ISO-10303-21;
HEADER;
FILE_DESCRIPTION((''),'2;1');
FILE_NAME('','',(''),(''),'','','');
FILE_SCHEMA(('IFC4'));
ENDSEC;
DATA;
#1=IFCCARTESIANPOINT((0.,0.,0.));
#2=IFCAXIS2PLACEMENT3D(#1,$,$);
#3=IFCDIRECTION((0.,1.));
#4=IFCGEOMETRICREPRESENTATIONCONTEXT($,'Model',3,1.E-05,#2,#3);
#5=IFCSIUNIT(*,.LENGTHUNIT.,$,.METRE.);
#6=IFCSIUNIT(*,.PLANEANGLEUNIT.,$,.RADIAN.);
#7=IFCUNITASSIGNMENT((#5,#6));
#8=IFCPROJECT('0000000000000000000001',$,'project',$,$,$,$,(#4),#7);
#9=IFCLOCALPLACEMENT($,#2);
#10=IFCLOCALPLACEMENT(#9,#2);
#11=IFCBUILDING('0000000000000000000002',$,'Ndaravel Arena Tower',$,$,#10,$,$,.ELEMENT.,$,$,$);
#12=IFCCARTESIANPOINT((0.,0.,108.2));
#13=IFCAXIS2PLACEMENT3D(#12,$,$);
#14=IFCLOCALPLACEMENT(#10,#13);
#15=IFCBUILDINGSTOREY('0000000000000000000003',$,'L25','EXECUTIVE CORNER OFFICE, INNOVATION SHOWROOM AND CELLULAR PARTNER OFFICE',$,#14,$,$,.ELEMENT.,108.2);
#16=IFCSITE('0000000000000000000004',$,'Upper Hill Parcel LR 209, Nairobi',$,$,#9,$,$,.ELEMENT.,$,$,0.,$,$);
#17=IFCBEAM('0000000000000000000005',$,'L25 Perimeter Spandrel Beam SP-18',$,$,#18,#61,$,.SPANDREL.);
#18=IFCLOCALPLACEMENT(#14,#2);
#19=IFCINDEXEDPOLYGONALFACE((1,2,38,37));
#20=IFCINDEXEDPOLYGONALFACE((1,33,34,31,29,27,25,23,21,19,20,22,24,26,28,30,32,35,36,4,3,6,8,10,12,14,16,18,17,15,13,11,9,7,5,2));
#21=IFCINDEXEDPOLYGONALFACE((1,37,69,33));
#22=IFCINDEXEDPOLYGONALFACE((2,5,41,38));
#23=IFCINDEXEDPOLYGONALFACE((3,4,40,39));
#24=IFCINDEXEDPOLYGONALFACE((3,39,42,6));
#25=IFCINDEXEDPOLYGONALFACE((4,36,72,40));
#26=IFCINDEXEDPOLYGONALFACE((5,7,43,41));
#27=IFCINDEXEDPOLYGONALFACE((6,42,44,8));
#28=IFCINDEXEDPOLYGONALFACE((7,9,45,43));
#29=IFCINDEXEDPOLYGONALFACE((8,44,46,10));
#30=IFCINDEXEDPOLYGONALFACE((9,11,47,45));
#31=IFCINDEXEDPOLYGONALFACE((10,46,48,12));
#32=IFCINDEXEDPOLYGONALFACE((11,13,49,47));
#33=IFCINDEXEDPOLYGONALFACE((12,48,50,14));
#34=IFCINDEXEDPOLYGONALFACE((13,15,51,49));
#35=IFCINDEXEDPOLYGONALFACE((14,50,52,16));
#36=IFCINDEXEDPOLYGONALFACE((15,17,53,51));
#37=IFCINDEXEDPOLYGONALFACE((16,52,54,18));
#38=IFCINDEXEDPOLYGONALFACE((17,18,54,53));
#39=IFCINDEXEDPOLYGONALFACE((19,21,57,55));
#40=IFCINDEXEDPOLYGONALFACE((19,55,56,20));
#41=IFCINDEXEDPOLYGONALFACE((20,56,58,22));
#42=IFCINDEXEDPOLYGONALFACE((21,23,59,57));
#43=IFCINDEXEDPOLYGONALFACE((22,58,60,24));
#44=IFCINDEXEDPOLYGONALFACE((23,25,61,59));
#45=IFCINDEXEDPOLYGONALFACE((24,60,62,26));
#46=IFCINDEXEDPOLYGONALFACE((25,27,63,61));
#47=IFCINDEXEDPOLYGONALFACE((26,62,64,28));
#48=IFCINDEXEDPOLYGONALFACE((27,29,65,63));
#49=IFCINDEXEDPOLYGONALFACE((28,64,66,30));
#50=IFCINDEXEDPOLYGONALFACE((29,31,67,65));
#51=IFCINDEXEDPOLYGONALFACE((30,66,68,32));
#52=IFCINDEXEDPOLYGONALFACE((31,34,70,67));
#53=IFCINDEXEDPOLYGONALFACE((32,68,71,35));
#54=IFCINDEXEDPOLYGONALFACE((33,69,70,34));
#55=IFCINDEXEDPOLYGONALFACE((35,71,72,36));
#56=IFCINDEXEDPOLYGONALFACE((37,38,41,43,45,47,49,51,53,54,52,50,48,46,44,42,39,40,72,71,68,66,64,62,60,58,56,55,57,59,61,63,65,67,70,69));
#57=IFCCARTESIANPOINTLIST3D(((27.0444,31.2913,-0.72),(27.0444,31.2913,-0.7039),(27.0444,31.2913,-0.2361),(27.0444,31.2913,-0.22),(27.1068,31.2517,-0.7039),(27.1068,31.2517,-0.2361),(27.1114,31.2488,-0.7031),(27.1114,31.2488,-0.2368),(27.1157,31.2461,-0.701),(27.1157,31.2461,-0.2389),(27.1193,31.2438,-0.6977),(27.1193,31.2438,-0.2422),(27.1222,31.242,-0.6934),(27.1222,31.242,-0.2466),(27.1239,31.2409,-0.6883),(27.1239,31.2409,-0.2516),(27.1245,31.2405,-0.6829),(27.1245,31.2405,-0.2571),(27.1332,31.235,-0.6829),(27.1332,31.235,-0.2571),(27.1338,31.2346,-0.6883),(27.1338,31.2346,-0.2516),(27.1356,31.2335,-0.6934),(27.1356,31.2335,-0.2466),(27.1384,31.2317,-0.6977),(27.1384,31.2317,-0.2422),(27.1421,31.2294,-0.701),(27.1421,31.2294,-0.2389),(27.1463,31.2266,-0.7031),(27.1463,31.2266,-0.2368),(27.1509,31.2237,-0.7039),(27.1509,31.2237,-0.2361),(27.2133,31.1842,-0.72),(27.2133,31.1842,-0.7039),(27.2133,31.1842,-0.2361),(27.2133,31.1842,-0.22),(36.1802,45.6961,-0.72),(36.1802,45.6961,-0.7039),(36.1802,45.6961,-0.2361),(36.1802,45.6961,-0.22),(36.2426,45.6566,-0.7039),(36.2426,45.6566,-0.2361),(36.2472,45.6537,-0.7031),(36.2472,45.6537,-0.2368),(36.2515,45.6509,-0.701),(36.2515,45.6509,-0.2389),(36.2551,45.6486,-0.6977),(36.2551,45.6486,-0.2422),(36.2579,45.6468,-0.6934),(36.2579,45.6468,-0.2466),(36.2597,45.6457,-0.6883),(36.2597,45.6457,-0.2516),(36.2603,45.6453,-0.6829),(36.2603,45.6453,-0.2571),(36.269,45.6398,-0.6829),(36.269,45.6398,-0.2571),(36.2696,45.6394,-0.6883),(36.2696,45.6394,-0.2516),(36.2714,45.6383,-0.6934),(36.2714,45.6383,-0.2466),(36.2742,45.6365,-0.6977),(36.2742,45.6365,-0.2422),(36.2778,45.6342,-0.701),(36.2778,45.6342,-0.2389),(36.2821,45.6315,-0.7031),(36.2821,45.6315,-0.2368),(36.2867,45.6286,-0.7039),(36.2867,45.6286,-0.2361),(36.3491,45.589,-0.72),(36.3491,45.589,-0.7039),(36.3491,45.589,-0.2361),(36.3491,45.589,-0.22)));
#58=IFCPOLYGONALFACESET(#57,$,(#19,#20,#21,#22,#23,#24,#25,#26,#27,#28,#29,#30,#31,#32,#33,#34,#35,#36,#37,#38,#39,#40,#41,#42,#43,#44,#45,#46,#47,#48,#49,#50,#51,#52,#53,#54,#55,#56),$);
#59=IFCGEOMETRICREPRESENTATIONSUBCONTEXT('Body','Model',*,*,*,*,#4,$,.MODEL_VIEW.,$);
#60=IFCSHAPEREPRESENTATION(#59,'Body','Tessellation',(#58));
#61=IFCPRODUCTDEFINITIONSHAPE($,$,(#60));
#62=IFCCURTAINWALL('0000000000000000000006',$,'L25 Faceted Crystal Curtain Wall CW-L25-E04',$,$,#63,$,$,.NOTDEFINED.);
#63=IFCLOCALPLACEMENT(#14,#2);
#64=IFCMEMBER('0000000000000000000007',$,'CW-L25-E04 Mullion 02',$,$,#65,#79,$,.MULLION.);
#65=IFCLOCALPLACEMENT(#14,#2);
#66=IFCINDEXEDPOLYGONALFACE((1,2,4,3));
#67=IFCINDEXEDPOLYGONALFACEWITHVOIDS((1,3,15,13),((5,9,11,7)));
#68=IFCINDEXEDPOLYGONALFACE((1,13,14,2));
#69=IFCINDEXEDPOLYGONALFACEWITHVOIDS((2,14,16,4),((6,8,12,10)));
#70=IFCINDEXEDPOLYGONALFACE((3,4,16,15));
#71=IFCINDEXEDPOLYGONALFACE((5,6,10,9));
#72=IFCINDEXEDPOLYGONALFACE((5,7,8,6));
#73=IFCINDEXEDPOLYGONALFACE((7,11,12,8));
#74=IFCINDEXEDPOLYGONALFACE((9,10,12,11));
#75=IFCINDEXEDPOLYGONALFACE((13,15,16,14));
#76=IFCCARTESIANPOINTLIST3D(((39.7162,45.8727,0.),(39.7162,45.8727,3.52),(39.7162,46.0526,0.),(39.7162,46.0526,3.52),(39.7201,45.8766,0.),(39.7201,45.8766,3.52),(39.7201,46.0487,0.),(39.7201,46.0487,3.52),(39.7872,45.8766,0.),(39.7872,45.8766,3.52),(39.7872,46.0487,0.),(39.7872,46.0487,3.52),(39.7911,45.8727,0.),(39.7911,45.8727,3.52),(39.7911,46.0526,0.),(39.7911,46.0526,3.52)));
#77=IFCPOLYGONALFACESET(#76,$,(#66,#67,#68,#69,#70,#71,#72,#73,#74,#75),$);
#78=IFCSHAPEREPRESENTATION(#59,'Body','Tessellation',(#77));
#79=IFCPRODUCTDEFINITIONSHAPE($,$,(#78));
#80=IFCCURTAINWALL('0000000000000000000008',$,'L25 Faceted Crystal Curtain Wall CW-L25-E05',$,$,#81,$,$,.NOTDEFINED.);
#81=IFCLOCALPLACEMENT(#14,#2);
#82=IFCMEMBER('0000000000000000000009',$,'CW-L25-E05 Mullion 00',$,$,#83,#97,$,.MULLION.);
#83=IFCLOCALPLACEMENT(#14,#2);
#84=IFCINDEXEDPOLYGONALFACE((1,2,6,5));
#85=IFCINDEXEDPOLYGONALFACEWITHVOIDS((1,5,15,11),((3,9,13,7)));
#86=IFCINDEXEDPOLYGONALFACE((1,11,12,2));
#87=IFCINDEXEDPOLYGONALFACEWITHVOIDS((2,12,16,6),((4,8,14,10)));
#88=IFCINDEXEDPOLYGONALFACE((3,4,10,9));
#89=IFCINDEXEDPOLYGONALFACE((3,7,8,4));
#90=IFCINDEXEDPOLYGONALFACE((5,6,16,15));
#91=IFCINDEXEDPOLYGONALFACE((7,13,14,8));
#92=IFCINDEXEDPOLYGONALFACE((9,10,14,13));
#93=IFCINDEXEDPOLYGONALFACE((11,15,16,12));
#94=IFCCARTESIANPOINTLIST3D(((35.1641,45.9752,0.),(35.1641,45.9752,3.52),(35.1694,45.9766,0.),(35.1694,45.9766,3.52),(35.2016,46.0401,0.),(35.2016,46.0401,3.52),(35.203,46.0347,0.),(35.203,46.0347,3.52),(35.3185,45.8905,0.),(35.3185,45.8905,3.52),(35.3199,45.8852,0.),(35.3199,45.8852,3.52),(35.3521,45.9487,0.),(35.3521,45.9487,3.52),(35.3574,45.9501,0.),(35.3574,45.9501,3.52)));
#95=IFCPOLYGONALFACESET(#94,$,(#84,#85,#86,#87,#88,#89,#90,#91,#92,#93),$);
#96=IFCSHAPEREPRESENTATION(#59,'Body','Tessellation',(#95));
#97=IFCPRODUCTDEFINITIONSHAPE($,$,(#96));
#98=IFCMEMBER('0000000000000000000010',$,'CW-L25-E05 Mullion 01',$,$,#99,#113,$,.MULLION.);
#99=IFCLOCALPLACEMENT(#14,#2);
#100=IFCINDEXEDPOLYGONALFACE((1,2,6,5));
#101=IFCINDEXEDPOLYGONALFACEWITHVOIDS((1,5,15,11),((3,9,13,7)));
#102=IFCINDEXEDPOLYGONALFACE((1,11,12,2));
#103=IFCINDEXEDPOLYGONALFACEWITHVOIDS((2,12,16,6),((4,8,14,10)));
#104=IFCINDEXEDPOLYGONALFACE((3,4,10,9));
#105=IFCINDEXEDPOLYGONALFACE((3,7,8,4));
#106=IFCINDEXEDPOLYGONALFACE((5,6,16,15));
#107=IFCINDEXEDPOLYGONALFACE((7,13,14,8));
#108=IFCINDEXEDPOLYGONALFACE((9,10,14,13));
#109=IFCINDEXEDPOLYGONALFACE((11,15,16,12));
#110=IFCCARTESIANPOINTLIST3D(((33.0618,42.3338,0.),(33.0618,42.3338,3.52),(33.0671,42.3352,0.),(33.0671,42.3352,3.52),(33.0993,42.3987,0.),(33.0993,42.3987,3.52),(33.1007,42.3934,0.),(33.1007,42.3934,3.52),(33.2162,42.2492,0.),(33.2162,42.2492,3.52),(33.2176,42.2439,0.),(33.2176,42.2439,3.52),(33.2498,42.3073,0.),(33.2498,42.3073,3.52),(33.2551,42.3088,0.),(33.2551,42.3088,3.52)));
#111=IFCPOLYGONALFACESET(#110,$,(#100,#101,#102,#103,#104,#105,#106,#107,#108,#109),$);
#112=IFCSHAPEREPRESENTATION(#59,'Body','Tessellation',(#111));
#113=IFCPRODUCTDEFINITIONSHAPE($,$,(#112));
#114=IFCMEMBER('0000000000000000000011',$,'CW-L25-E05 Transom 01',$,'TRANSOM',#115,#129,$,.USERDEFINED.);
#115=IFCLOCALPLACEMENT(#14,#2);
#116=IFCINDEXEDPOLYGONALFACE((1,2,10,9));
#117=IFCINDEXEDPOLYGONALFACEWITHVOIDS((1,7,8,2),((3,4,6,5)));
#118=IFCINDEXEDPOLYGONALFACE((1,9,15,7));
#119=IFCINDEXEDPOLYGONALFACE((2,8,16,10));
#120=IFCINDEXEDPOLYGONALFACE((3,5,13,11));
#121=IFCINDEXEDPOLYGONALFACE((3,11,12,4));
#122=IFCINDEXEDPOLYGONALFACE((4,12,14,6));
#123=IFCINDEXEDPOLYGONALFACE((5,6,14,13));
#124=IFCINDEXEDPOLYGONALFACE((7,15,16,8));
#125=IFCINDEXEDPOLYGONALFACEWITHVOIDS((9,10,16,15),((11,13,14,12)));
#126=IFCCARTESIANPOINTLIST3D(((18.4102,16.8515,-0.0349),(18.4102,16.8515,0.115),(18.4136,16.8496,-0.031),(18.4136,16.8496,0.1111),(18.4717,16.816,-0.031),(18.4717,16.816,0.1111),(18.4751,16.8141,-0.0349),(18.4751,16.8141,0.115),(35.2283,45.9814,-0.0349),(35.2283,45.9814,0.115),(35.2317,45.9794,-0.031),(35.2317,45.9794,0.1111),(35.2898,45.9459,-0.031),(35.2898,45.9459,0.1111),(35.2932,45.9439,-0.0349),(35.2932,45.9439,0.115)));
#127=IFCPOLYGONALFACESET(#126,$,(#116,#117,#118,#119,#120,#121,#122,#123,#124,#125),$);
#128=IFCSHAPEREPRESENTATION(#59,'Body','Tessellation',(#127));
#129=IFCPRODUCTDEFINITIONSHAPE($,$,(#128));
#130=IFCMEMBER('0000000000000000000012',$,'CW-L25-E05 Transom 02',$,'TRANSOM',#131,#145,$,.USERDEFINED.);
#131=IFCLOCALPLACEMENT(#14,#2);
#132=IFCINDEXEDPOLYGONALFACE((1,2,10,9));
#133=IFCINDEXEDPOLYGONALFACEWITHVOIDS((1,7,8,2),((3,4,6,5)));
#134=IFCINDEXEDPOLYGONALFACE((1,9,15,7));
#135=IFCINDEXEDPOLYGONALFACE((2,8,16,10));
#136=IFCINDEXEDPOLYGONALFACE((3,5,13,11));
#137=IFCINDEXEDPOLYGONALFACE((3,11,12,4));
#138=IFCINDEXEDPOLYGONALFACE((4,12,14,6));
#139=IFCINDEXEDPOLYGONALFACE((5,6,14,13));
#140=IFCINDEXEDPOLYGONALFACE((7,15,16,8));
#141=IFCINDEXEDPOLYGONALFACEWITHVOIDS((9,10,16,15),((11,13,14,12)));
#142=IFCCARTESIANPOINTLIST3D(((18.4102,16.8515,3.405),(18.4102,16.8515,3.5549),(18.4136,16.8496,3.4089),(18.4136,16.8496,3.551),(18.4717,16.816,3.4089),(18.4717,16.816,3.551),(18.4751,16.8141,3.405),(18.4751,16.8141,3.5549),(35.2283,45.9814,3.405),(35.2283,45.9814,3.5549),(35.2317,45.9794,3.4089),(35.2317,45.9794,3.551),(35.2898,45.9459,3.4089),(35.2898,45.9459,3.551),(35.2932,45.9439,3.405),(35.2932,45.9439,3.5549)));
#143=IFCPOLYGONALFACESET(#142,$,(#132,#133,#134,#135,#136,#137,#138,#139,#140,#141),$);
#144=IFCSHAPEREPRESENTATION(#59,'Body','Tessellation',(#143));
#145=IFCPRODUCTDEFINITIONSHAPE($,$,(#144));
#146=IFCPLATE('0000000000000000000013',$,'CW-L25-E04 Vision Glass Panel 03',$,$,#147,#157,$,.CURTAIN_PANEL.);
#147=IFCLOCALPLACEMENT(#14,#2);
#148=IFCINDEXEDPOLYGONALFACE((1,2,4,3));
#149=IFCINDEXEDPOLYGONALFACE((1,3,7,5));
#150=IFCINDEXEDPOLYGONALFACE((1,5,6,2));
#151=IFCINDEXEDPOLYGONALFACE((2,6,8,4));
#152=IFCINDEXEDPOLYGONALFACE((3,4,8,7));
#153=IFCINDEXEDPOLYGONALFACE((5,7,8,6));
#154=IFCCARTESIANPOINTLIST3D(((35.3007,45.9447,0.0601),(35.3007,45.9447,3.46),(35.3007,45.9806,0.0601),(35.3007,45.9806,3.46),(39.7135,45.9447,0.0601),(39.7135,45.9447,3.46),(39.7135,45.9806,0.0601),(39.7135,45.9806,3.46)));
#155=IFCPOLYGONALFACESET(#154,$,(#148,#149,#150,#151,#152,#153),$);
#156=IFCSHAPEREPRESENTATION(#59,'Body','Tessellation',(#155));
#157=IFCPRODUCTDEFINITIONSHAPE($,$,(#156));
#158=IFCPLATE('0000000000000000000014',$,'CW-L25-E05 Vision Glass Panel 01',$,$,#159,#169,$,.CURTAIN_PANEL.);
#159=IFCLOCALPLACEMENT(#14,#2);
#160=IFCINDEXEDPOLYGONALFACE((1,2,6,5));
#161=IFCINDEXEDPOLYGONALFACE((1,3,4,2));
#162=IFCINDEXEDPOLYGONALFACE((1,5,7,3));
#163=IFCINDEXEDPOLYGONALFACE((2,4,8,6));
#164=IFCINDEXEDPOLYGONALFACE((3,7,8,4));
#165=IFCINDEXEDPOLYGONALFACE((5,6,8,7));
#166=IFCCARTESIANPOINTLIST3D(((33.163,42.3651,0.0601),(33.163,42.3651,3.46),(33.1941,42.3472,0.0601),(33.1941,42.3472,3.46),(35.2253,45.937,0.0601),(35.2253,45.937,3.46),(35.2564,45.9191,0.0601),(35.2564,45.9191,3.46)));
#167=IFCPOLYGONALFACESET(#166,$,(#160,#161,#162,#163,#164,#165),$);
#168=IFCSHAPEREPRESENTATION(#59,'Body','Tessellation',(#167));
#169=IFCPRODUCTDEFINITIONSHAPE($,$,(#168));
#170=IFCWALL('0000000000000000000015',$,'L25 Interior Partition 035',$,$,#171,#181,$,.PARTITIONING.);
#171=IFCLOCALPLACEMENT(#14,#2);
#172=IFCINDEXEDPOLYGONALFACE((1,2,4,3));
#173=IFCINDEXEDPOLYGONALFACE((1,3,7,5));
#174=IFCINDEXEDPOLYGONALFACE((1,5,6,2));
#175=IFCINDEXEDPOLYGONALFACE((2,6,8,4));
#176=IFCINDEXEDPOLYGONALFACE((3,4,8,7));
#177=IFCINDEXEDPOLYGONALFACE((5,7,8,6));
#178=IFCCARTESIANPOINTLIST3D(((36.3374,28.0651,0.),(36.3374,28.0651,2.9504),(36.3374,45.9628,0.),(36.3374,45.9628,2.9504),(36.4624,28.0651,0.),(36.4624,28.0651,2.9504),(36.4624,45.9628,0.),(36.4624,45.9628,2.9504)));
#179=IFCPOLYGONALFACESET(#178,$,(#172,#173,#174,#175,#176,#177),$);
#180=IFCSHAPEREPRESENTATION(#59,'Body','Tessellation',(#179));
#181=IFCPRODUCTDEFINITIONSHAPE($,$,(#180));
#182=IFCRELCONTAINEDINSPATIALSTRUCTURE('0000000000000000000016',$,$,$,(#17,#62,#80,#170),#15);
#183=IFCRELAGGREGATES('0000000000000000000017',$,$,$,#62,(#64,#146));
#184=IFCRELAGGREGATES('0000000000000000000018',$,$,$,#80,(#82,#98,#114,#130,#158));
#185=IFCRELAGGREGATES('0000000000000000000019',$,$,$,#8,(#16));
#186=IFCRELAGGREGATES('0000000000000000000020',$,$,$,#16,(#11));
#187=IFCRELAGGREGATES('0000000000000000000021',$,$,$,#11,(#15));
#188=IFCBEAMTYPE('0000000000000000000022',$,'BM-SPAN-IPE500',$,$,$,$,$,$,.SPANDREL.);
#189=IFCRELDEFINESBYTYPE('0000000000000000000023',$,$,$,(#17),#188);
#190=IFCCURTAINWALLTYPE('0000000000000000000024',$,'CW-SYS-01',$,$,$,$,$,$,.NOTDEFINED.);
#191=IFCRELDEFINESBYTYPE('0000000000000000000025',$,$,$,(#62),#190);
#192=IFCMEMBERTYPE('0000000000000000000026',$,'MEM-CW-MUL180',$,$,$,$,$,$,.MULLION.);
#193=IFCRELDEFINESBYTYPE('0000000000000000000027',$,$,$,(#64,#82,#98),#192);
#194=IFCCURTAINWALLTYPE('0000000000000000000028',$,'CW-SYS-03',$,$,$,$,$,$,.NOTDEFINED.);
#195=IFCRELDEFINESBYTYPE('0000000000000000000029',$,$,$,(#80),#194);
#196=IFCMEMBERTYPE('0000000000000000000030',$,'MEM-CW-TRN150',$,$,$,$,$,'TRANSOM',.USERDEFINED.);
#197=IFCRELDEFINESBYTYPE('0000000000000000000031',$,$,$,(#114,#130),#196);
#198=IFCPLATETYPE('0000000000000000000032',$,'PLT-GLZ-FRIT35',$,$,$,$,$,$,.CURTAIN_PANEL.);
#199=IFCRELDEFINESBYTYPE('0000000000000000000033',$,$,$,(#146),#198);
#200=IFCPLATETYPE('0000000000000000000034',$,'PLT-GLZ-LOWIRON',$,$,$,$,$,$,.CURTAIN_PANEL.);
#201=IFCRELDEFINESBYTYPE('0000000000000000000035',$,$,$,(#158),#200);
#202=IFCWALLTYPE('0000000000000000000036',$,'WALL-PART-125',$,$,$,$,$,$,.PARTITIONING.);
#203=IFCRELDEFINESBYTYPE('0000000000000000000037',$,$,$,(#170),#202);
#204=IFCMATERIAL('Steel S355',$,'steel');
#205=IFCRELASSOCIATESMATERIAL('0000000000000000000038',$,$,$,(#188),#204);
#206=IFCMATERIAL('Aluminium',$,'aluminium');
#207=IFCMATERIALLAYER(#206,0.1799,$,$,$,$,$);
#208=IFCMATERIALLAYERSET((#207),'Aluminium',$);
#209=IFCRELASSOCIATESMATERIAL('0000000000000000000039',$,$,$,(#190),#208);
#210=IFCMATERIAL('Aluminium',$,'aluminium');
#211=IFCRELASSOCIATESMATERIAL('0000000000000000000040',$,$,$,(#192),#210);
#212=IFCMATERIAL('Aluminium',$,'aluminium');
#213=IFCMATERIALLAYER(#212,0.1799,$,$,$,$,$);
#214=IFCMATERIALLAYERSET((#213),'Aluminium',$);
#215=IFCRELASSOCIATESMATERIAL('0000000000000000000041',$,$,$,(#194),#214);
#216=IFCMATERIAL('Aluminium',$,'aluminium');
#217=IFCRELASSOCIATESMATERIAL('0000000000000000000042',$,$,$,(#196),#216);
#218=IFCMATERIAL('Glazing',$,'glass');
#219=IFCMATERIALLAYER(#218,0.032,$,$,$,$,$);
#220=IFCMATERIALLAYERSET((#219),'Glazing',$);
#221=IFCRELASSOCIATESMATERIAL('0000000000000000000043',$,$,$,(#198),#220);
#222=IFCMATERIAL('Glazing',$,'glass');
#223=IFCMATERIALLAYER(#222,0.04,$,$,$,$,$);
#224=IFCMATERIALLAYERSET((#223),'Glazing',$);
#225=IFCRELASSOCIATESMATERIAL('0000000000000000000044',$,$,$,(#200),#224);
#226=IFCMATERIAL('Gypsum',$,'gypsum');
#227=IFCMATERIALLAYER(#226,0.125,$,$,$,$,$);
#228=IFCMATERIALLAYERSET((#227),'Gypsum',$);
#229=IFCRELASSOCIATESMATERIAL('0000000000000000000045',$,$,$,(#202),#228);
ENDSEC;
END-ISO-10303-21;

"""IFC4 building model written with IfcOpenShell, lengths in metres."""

from ifc_helpers import new_model, si_unit, direction, frame, frame_2d, origin, origin_2d, place, context, subcontext, project, spatial, rectangle, hollow_rectangle, i_section, extrude, material, layer, layer_set, material_profile, profile_set, type_object, element, aggregate, save


model = new_model("IFC4")

# Units and contexts
model_context = context("Model", 3, precision=1e-05, world=origin(), true_north=direction((0.0, 1.0)))
body_context = subcontext(model_context, "Body", "Model", "MODEL_VIEW")
ifc_project = project(units=[si_unit("LENGTHUNIT", "METRE"), si_unit("PLANEANGLEUNIT", "RADIAN")], contexts=[model_context])

# Site, building, storey
site_placement = place(None, origin())
site = spatial("IfcSite", under=ifc_project, at=site_placement, Name="Upper Hill Parcel LR 209, Nairobi", CompositionType="ELEMENT", RefElevation=0.0)
building_placement = place(site_placement, origin())
building = spatial("IfcBuilding", under=site, at=building_placement, Name="Ndaravel Arena Tower", CompositionType="ELEMENT")
storey_placement = place(building_placement, frame((0.0, 0.0, 108.2)))
storey = spatial("IfcBuildingStorey", under=building, at=storey_placement, Name="L25", Description="EXECUTIVE CORNER OFFICE, INNOVATION SHOWROOM AND CELLULAR PARTNER OFFICE", CompositionType="ELEMENT", Elevation=108.2)

# Beam
ifc_material_1 = material(Name="Steel S355", Category="steel")
ifc_material_profile_1 = material_profile(ifc_material_1, i_section(OverallWidth=0.2, OverallDepth=0.5, WebThickness=0.0103, FlangeThickness=0.0161, FilletRadius=0.021, at=origin_2d()), Name="IPE 500")
ifc_profile_set_1 = profile_set([ifc_material_profile_1], Name="Steel S355")
beam_type_1 = type_object("IfcBeamType", Name="BM-SPAN-IPE500", PredefinedType="SPANDREL", material=ifc_profile_set_1)
beam_1_placement = place(storey_placement, frame((36.2646, 45.6426, -0.47), z_axis=(-0.535584, -0.844482, 0.0), x_axis=(0.844482, -0.535584, 0.0)))
element("IfcBeam", 1, at=beam_1_placement, inside=storey, type_object=beam_type_1, Name="L25 Perimeter Spandrel Beam SP-18", PredefinedType="SPANDREL", context=body_context, shape_type="SweptSolid", body=[
    extrude(i_section(OverallWidth=0.2, OverallDepth=0.5, WebThickness=0.0103, FlangeThickness=0.0161, FilletRadius=0.021, at=origin_2d()), origin(), (0.0, 0.0, 1.0), 17.0576),
])

# Curtain wall, member
ifc_material_2 = material(Name="Aluminium", Category="aluminium")
ifc_layer_1 = layer(ifc_material_2, 0.1799)
ifc_layer_set_1 = layer_set([ifc_layer_1], Name="Aluminium")
curtain_wall_type_1 = type_object("IfcCurtainWallType", Name="CW-SYS-01", PredefinedType="NOTDEFINED", material=ifc_layer_set_1)
curtain_wall_1_placement = place(storey_placement, origin())
curtain_wall_1 = element("IfcCurtainWall", 2, at=curtain_wall_1_placement, inside=storey, type_object=curtain_wall_type_1, Name="L25 Faceted Crystal Curtain Wall CW-L25-E04", PredefinedType="NOTDEFINED")
ifc_material_3 = material(Name="Aluminium", Category="aluminium")
ifc_material_profile_2 = material_profile(ifc_material_3, hollow_rectangle(XDim=0.075, YDim=0.1799, WallThickness=0.0039, at=origin_2d()), Name="CW MULLION 75x180x4")
ifc_profile_set_2 = profile_set([ifc_material_profile_2], Name="Aluminium")
member_type_1 = type_object("IfcMemberType", Name="MEM-CW-MUL180", PredefinedType="MULLION", material=ifc_profile_set_2)
member_1_placement = place(storey_placement, frame((39.7537, 45.9626, 0.0), z_axis=(0.0, 0.0, 1.0), x_axis=(-1.0, 0.0, 0.0)))
member_1 = element("IfcMember", 3, at=member_1_placement, type_object=member_type_1, Name="CW-L25-E04 Mullion 02", PredefinedType="MULLION", context=body_context, shape_type="SweptSolid", body=[
    extrude(hollow_rectangle(XDim=0.075, YDim=0.1799, WallThickness=0.0039, at=origin_2d()), origin(), (0.0, 0.0, 1.0), 3.52),
])

# Curtain wall, members
ifc_material_4 = material(Name="Aluminium", Category="aluminium")
ifc_layer_2 = layer(ifc_material_4, 0.1799)
ifc_layer_set_2 = layer_set([ifc_layer_2], Name="Aluminium")
curtain_wall_type_2 = type_object("IfcCurtainWallType", Name="CW-SYS-03", PredefinedType="NOTDEFINED", material=ifc_layer_set_2)
curtain_wall_2_placement = place(storey_placement, origin())
curtain_wall_2 = element("IfcCurtainWall", 4, at=curtain_wall_2_placement, inside=storey, type_object=curtain_wall_type_2, Name="L25 Faceted Crystal Curtain Wall CW-L25-E05", PredefinedType="NOTDEFINED")
member_2_placement = place(storey_placement, frame((35.2607, 45.9626, 0.0), z_axis=(0.0, 0.0, 1.0), x_axis=(-0.5, -0.866025, 0.0)))
member_2 = element("IfcMember", 5, at=member_2_placement, type_object=member_type_1, Name="CW-L25-E05 Mullion 00", PredefinedType="MULLION", context=body_context, shape_type="SweptSolid", body=[
    extrude(hollow_rectangle(XDim=0.075, YDim=0.1799, WallThickness=0.0039, at=origin_2d()), origin(), (0.0, 0.0, 1.0), 3.52),
])
member_3_placement = place(storey_placement, frame((33.1584, 42.3213, 0.0), z_axis=(0.0, 0.0, 1.0), x_axis=(-0.5, -0.866025, 0.0)))
member_3 = element("IfcMember", 6, at=member_3_placement, type_object=member_type_1, Name="CW-L25-E05 Mullion 01", PredefinedType="MULLION", context=body_context, shape_type="SweptSolid", body=[
    extrude(hollow_rectangle(XDim=0.075, YDim=0.1799, WallThickness=0.0039, at=origin_2d()), origin(), (0.0, 0.0, 1.0), 3.52),
])
ifc_material_5 = material(Name="Aluminium", Category="aluminium")
ifc_material_profile_3 = material_profile(ifc_material_5, hollow_rectangle(XDim=0.075, YDim=0.1499, WallThickness=0.0039, at=origin_2d()), Name="CW TRANSOM 75x150x4")
ifc_profile_set_3 = profile_set([ifc_material_profile_3], Name="Aluminium")
member_type_2 = type_object("IfcMemberType", Name="MEM-CW-TRN150", ElementType="TRANSOM", PredefinedType="USERDEFINED", material=ifc_profile_set_3)
member_4_placement = place(storey_placement, frame((35.2607, 45.9626, 0.04), z_axis=(-0.499999, -0.866026, 0.0), x_axis=(0.866026, -0.499999, 0.0)))
member_4 = element("IfcMember", 7, at=member_4_placement, type_object=member_type_2, Name="CW-L25-E05 Transom 01", ObjectType="TRANSOM", PredefinedType="USERDEFINED", context=body_context, shape_type="SweptSolid", body=[
    extrude(hollow_rectangle(XDim=0.075, YDim=0.1499, WallThickness=0.0039, at=origin_2d()), origin(), (0.0, 0.0, 1.0), 33.6362),
])
member_5_placement = place(storey_placement, frame((35.2607, 45.9626, 3.48), z_axis=(-0.499999, -0.866026, 0.0), x_axis=(0.866026, -0.499999, 0.0)))
member_5 = element("IfcMember", 8, at=member_5_placement, type_object=member_type_2, Name="CW-L25-E05 Transom 02", ObjectType="TRANSOM", PredefinedType="USERDEFINED", context=body_context, shape_type="SweptSolid", body=[
    extrude(hollow_rectangle(XDim=0.075, YDim=0.1499, WallThickness=0.0039, at=origin_2d()), origin(), (0.0, 0.0, 1.0), 33.6362),
])

# Plates
ifc_material_6 = material(Name="Glazing", Category="glass")
ifc_layer_3 = layer(ifc_material_6, 0.032)
ifc_layer_set_3 = layer_set([ifc_layer_3], Name="Glazing")
plate_type_1 = type_object("IfcPlateType", Name="PLT-GLZ-FRIT35", PredefinedType="CURTAIN_PANEL", material=ifc_layer_set_3)
plate_1_placement = place(storey_placement, frame((37.5071, 45.9626, 0.0601), z_axis=(0.0, 0.0, 1.0), x_axis=(-1.0, 0.0, 0.0)))
plate_1 = element("IfcPlate", 9, at=plate_1_placement, type_object=plate_type_1, Name="CW-L25-E04 Vision Glass Panel 03", PredefinedType="CURTAIN_PANEL", context=body_context, shape_type="SweptSolid", body=[
    extrude(rectangle(XDim=4.4128, YDim=0.0359, at=origin_2d()), origin(), (0.0, 0.0, 1.0), 3.3999),
])
aggregate(curtain_wall_1, [member_1, plate_1])
ifc_material_7 = material(Name="Glazing", Category="glass")
ifc_layer_4 = layer(ifc_material_7, 0.04)
ifc_layer_set_4 = layer_set([ifc_layer_4], Name="Glazing")
plate_type_2 = type_object("IfcPlateType", Name="PLT-GLZ-LOWIRON", PredefinedType="CURTAIN_PANEL", material=ifc_layer_set_4)
plate_2_placement = place(storey_placement, frame((34.2097, 44.1421, 0.0601), z_axis=(0.0, 0.0, 1.0), x_axis=(-0.5, -0.866025, 0.0)))
plate_2 = element("IfcPlate", 10, at=plate_2_placement, type_object=plate_type_2, Name="CW-L25-E05 Vision Glass Panel 01", PredefinedType="CURTAIN_PANEL", context=body_context, shape_type="SweptSolid", body=[
    extrude(rectangle(XDim=4.1245, YDim=0.0359, at=origin_2d()), origin(), (0.0, 0.0, 1.0), 3.3999),
])
aggregate(curtain_wall_2, [member_2, member_3, member_4, member_5, plate_2])

# Wall
ifc_material_8 = material(Name="Gypsum", Category="gypsum")
ifc_layer_5 = layer(ifc_material_8, 0.125)
ifc_layer_set_5 = layer_set([ifc_layer_5], Name="Gypsum")
wall_type = type_object("IfcWallType", Name="WALL-PART-125", PredefinedType="PARTITIONING", material=ifc_layer_set_5)
wall_placement = place(storey_placement, frame((36.3999, 45.9626, 0.0), z_axis=(0.0, 0.0, 1.0), x_axis=(0.0, -1.0, 0.0)))
element("IfcWall", 11, at=wall_placement, inside=storey, type_object=wall_type, Name="L25 Interior Partition 035", PredefinedType="PARTITIONING", context=body_context, shape_type="SweptSolid", body=[
    extrude(rectangle(XDim=17.8977, YDim=0.125, at=frame_2d((8.9487, 0.0))), origin(), (0.0, 0.0, 1.0), 2.9504),
])

save(model, "model.ifc")
